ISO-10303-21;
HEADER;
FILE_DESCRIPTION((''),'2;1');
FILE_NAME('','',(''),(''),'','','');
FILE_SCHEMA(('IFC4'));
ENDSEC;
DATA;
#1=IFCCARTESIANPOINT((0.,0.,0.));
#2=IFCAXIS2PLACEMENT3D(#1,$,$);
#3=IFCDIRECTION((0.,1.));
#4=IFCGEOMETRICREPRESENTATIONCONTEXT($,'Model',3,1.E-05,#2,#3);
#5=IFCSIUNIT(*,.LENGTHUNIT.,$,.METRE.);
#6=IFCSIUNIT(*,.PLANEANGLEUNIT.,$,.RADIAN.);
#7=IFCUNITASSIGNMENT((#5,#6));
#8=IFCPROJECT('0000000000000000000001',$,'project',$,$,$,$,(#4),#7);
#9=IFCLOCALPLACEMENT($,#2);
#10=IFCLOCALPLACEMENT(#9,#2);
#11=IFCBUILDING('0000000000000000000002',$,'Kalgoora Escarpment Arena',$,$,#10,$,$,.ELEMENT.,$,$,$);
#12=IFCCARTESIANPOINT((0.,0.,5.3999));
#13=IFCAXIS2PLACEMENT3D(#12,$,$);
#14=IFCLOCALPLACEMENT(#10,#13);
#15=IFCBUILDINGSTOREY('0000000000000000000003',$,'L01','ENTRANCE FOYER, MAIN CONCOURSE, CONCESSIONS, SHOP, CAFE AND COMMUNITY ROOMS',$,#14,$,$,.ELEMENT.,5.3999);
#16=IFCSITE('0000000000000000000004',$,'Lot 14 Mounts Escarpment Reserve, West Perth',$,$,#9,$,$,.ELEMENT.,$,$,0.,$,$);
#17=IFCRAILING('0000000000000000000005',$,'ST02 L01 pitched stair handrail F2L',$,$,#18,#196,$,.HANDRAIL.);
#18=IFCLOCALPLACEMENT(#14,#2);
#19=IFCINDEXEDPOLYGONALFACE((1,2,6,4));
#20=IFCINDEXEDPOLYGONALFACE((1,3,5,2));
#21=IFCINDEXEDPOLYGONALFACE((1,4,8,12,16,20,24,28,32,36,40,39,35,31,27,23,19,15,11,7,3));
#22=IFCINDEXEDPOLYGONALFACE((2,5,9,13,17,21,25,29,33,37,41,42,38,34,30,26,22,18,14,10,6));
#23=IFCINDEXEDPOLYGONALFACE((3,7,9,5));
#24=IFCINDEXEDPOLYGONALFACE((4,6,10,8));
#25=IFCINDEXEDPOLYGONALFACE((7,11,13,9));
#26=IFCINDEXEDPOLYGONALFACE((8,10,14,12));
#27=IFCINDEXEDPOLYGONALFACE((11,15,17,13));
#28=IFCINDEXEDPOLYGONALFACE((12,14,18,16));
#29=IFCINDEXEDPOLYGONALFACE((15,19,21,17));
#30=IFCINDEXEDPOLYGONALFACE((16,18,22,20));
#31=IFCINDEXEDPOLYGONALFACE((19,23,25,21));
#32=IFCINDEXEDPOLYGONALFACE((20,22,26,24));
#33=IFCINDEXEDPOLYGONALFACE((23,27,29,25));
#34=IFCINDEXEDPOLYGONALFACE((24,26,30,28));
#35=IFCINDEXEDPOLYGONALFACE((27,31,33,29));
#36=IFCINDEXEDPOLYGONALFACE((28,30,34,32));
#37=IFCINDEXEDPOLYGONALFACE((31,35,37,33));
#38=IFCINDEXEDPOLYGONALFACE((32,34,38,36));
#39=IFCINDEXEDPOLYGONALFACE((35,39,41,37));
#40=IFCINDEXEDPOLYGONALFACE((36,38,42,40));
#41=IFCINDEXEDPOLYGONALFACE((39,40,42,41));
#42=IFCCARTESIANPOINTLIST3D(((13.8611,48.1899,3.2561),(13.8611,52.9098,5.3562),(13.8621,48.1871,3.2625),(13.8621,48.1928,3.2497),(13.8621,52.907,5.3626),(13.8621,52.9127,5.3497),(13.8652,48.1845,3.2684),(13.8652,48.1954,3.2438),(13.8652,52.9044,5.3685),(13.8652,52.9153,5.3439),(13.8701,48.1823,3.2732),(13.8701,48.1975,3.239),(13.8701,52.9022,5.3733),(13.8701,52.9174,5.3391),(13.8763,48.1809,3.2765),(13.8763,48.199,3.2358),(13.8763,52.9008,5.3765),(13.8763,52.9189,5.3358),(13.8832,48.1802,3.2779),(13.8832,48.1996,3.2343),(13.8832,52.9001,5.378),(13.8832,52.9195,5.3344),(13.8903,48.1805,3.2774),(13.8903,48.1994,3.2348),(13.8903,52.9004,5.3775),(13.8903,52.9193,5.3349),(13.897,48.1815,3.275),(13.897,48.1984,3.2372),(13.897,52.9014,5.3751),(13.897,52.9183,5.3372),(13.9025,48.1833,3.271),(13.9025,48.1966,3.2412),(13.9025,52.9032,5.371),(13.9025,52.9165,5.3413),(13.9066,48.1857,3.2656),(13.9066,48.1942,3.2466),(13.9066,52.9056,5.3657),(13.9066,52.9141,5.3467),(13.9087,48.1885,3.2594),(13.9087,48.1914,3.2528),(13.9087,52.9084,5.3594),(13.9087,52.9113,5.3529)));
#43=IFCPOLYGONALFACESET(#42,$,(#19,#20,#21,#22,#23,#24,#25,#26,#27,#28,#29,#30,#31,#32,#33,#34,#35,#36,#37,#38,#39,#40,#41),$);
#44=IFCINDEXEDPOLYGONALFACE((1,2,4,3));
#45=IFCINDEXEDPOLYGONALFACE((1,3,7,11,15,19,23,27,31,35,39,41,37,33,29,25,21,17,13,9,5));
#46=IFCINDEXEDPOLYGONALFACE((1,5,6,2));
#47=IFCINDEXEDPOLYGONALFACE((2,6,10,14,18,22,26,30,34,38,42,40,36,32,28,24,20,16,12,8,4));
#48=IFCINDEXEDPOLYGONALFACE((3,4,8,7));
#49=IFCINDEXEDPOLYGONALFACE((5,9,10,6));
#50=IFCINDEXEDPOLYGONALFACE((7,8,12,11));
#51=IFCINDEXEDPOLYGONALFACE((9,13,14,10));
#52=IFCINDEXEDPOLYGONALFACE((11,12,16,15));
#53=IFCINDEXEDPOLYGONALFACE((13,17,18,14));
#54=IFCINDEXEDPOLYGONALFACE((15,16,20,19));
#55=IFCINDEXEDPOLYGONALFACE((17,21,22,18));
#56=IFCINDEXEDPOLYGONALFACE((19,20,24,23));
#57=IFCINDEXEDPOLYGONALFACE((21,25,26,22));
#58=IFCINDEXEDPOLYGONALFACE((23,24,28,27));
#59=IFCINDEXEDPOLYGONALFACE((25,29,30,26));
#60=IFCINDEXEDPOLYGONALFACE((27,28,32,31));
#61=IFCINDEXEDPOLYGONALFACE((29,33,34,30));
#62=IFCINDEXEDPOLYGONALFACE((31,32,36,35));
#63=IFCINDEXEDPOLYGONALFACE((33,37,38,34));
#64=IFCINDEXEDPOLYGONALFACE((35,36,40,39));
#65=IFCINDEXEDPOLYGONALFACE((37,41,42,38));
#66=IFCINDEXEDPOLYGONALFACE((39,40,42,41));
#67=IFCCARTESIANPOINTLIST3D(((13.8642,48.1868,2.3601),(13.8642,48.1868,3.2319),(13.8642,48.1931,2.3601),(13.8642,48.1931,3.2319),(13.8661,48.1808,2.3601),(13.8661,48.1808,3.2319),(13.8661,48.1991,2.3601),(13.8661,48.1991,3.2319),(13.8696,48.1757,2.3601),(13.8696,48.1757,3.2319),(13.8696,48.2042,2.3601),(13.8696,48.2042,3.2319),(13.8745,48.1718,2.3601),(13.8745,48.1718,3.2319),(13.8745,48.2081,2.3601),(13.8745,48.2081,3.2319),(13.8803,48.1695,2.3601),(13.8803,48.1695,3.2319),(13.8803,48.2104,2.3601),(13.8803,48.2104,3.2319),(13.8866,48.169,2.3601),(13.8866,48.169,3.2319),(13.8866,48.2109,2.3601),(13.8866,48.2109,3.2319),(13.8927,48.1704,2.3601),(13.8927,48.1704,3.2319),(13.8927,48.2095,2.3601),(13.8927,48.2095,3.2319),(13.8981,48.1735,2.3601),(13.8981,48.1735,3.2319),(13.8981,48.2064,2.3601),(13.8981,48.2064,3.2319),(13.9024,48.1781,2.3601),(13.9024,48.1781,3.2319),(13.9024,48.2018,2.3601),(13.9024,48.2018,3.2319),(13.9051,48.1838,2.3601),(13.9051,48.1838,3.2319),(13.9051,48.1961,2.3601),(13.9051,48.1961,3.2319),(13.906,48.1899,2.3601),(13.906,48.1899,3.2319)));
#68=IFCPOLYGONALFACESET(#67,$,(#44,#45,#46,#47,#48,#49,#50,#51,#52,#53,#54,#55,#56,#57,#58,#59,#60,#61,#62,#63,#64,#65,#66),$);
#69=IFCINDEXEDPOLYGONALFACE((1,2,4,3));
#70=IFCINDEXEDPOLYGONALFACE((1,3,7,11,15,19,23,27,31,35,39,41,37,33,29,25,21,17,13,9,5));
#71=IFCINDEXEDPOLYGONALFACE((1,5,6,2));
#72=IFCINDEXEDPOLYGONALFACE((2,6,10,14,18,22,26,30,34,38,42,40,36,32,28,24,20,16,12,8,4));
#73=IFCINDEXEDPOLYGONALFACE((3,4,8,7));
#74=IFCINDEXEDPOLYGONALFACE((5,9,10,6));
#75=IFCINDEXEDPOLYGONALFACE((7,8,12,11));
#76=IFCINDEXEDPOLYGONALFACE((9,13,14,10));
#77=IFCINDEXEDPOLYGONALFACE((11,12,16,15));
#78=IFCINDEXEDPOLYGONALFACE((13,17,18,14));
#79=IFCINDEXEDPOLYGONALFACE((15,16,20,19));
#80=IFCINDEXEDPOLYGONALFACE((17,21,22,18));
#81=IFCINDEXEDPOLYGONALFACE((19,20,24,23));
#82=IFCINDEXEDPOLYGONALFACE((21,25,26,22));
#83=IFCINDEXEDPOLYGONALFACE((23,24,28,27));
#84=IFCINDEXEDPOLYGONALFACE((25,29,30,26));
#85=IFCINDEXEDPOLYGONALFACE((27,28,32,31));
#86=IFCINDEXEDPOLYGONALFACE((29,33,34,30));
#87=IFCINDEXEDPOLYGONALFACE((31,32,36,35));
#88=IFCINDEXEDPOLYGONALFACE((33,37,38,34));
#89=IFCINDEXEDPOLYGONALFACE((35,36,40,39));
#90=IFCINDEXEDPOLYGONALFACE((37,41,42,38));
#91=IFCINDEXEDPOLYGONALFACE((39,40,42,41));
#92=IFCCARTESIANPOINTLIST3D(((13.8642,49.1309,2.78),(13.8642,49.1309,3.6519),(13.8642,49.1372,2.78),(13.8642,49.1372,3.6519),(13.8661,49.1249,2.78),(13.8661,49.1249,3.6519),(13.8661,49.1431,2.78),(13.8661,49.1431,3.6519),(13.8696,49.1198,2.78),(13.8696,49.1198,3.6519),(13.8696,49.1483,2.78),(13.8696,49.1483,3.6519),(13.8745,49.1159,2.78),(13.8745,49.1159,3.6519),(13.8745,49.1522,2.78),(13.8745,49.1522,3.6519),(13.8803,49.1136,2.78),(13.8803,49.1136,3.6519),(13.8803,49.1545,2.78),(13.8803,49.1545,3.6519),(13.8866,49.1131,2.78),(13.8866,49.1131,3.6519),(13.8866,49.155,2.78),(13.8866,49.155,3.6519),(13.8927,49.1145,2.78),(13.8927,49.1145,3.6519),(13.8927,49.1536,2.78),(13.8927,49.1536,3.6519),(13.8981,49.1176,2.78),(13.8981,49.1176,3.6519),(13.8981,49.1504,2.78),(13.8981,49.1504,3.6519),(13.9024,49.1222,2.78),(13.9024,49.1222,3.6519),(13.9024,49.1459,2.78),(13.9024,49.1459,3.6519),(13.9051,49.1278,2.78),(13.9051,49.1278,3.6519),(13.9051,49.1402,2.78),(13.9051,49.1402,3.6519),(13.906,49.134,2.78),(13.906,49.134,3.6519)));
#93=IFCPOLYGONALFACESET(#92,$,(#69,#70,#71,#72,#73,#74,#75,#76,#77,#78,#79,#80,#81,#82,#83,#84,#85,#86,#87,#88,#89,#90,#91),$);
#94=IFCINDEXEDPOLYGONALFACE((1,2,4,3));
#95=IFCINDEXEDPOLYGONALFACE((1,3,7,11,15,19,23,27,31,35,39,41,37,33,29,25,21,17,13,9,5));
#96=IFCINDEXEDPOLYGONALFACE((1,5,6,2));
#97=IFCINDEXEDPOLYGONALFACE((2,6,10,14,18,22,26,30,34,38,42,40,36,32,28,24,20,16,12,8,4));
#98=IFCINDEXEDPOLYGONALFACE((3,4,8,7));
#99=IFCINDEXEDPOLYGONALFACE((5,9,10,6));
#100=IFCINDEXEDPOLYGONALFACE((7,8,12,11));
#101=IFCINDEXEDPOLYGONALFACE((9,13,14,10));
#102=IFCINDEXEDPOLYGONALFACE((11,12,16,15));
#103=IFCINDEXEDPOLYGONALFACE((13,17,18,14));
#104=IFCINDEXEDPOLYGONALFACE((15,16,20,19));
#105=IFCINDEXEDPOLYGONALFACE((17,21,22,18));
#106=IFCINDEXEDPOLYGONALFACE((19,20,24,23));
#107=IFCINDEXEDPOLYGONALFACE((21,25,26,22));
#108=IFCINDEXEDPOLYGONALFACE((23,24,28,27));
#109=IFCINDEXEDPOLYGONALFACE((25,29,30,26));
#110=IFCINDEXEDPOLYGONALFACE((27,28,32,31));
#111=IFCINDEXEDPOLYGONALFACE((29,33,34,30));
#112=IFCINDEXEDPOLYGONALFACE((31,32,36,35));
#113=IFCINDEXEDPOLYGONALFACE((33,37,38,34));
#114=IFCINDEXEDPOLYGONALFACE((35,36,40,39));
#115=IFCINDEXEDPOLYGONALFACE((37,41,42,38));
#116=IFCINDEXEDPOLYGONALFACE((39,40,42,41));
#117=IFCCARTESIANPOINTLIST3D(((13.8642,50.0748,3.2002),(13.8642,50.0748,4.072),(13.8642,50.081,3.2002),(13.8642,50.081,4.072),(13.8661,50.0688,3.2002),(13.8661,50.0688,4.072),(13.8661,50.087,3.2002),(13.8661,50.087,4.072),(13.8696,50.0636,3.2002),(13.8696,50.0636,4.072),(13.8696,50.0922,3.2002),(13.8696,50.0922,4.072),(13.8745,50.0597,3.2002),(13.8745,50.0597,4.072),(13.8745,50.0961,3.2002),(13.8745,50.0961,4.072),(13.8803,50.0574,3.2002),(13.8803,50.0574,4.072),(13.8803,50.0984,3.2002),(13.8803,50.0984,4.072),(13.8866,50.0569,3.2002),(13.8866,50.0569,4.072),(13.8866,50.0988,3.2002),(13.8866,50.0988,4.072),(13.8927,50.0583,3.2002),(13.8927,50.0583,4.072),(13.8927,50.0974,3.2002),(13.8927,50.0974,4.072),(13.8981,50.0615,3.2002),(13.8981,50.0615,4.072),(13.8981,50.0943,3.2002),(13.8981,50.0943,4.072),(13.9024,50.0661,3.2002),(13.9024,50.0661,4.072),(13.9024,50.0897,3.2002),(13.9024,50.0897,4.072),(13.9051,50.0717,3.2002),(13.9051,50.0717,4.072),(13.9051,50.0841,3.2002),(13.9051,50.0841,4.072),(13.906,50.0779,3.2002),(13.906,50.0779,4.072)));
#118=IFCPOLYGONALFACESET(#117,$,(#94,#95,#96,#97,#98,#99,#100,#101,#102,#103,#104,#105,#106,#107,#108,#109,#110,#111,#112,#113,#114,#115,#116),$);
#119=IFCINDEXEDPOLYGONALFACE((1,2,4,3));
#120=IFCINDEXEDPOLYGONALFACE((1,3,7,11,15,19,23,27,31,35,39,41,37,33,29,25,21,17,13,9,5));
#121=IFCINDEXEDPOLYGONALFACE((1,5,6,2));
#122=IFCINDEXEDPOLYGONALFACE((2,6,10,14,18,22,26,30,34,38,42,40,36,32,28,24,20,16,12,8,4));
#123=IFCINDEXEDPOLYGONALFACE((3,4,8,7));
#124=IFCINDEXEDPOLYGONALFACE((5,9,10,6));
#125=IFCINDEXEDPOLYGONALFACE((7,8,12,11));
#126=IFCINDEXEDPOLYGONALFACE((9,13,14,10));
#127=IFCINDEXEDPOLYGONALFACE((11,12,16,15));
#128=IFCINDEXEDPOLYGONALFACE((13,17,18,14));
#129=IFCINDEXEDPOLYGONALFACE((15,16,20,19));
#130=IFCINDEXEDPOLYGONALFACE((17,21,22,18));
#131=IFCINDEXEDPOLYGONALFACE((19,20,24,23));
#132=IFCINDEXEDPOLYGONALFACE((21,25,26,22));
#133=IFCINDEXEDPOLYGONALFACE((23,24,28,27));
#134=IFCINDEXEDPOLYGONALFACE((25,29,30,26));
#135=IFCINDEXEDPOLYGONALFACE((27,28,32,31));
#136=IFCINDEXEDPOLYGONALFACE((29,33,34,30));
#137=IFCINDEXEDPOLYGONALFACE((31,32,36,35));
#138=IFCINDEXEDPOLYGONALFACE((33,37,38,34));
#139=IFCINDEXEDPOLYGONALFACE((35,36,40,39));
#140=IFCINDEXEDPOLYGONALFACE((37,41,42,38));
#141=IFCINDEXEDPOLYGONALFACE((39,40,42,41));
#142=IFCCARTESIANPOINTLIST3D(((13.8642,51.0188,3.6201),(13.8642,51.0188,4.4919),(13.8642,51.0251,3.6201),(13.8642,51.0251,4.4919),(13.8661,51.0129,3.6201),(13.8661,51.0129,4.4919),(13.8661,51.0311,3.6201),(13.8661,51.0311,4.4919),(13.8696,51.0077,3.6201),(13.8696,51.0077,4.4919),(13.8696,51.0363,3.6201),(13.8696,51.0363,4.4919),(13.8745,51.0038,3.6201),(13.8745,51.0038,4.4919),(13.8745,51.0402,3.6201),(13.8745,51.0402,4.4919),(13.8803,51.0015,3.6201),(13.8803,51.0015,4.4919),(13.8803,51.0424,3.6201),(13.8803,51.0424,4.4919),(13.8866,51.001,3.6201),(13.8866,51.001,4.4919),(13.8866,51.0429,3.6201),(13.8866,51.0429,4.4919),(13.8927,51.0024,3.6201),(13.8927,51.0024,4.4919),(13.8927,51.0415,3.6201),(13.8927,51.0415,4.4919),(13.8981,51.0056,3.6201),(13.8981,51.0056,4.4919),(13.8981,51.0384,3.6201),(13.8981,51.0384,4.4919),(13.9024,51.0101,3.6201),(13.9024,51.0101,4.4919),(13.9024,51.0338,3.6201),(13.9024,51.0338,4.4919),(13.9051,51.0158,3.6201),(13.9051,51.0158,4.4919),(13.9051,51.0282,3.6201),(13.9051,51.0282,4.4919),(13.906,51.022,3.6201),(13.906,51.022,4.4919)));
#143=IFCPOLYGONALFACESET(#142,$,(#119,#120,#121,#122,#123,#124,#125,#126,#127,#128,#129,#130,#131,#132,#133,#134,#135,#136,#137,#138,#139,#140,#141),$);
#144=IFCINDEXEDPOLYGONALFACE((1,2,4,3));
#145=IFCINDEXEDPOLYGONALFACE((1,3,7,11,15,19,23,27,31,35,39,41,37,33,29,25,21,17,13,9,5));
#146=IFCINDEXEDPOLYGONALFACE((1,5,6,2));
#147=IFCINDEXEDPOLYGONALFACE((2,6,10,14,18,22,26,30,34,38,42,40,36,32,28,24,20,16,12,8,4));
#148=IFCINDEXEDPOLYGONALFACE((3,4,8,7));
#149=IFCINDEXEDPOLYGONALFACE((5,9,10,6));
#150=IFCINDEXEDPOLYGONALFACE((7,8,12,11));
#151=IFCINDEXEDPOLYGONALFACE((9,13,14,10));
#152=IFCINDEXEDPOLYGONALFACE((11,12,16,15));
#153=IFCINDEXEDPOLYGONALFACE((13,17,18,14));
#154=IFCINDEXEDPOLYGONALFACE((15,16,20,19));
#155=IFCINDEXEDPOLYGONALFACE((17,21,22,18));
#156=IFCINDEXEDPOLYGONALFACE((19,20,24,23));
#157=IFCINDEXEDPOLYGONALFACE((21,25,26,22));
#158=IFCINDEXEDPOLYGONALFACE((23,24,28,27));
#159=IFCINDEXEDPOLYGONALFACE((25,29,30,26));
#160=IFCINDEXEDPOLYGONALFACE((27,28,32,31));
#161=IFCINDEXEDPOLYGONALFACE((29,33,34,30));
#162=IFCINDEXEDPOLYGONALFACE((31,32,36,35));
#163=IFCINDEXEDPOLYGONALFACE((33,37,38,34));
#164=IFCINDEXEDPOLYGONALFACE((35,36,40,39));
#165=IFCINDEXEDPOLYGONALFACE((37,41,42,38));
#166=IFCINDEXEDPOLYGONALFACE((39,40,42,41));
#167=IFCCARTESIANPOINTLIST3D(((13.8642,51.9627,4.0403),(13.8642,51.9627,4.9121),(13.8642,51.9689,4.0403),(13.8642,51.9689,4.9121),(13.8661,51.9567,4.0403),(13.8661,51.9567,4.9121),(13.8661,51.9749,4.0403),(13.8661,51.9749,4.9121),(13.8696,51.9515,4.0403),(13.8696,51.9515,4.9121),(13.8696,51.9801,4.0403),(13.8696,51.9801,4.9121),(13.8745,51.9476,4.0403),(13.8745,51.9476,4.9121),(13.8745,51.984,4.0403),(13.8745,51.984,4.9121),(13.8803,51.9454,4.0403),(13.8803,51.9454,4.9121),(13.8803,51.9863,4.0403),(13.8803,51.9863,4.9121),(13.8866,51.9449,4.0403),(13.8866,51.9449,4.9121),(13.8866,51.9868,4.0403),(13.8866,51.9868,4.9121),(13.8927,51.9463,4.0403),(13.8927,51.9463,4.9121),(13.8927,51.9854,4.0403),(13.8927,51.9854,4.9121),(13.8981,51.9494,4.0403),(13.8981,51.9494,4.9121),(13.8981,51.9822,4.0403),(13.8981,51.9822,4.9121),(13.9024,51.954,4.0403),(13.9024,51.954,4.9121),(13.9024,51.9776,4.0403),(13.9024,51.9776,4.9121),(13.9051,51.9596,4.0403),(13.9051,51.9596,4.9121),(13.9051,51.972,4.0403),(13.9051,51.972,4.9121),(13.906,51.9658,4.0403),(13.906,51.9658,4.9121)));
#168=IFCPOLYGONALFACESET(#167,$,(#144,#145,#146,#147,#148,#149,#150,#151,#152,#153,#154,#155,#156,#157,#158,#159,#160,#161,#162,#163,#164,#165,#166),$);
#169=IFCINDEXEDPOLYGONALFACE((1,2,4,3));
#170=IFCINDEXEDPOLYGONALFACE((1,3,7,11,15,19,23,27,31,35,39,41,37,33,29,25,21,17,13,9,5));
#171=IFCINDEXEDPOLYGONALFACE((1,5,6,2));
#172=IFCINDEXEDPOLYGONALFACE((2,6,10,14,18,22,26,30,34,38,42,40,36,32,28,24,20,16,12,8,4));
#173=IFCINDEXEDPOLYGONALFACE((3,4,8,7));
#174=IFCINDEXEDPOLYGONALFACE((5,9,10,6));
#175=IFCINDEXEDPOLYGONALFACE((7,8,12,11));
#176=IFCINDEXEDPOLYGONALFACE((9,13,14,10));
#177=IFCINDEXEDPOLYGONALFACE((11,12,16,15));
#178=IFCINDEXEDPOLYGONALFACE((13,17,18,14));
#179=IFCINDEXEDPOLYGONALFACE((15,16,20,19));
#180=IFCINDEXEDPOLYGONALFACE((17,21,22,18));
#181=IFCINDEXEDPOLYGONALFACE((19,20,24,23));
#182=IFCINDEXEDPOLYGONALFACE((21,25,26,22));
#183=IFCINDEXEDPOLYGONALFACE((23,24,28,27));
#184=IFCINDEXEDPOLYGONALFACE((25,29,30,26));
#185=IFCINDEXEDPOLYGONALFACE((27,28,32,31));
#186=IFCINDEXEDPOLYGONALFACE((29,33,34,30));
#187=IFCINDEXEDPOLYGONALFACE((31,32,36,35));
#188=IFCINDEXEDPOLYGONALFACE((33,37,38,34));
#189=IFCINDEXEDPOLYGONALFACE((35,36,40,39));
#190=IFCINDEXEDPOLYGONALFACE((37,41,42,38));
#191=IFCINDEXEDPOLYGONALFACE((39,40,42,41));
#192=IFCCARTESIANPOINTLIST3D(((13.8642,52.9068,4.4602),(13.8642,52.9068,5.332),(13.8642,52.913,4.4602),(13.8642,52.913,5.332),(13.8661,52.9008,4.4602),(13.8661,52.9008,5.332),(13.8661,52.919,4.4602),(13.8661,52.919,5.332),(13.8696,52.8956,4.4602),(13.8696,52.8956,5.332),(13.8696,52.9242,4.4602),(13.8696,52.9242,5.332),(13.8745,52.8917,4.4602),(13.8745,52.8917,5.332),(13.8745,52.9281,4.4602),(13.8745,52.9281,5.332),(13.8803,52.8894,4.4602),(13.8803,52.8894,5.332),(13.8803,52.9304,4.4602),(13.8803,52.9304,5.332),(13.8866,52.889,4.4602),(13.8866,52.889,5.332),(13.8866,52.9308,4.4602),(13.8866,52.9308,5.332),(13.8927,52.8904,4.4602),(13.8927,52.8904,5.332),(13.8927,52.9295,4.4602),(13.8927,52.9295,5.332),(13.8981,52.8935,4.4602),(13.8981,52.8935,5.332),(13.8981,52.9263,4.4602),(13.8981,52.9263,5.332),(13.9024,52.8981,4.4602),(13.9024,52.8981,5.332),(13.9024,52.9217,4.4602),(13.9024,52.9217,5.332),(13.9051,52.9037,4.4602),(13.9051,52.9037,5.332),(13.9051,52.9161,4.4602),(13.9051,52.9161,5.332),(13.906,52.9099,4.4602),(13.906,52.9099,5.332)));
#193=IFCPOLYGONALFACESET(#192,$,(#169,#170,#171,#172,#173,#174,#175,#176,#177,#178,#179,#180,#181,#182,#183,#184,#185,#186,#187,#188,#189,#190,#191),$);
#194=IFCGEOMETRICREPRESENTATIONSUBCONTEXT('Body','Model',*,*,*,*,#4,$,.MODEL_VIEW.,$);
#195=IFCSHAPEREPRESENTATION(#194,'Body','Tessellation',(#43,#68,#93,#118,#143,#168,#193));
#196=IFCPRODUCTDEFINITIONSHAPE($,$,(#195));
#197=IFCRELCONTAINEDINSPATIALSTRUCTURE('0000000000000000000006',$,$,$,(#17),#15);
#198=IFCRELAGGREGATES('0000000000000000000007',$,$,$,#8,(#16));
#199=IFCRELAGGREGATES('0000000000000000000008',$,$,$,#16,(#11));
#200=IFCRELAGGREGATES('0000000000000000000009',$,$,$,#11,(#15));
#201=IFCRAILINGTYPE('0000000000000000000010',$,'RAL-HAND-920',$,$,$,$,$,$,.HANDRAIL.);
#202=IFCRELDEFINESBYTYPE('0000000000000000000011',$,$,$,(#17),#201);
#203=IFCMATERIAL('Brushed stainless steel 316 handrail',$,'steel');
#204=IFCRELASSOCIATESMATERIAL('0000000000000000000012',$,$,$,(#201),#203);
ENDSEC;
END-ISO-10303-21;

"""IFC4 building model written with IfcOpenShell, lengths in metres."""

from ifc_helpers import new_model, si_unit, direction, frame, origin, origin_2d, place, context, subcontext, project, spatial, circle, extrude, material, type_object, element, save


model = new_model("IFC4")

# Units and contexts
model_context = context("Model", 3, precision=1e-05, world=origin(), true_north=direction((0.0, 1.0)))
body_context = subcontext(model_context, "Body", "Model", "MODEL_VIEW")
ifc_project = project(units=[si_unit("LENGTHUNIT", "METRE"), si_unit("PLANEANGLEUNIT", "RADIAN")], contexts=[model_context])

# Site, building, storey
site_placement = place(None, origin())
site = spatial("IfcSite", under=ifc_project, at=site_placement, Name="Lot 14 Mounts Escarpment Reserve, West Perth", CompositionType="ELEMENT", RefElevation=0.0)
building_placement = place(site_placement, origin())
building = spatial("IfcBuilding", under=site, at=building_placement, Name="Kalgoora Escarpment Arena", CompositionType="ELEMENT")
storey_placement = place(building_placement, frame((0.0, 0.0, 5.3999)))
storey = spatial("IfcBuildingStorey", under=building, at=storey_placement, Name="L01", Description="ENTRANCE FOYER, MAIN CONCOURSE, CONCESSIONS, SHOP, CAFE AND COMMUNITY ROOMS", CompositionType="ELEMENT", Elevation=5.3999)

# Railing
ifc_material_1 = material(Name="Brushed stainless steel 316 handrail", Category="steel")
railing_type_1 = type_object("IfcRailingType", Name="RAL-HAND-920", PredefinedType="HANDRAIL", material=ifc_material_1)
for number, where, name in (
    (1, (13.885, 48.1899, 2.3601), "ST02 L01 pitched stair handrail F2L"),
):
    element("IfcRailing", number, at=place(storey_placement, frame(where)), inside=storey, type_object=railing_type_1, Name=name, PredefinedType="HANDRAIL", context=body_context, shape_type="SweptSolid", body=[
        extrude(circle(Radius=0.0239, at=origin_2d()), frame((0.0, 0.0, 0.896), z_axis=(0.0, 0.913644, 0.406516), x_axis=(-1.0, 0.0, 0.0)), (0.0, 0.0, 1.0), 5.166),
        extrude(circle(Radius=0.021, at=origin_2d()), origin(), (0.0, 0.0, 1.0), 0.8718),
        extrude(circle(Radius=0.021, at=origin_2d()), frame((0.0, 0.9441, 0.4199)), (0.0, 0.0, 1.0), 0.8718),
        extrude(circle(Radius=0.021, at=origin_2d()), frame((0.0, 1.8879, 0.8401)), (0.0, 0.0, 1.0), 0.8718),
        extrude(circle(Radius=0.021, at=origin_2d()), frame((0.0, 2.832, 1.26)), (0.0, 0.0, 1.0), 0.8718),
        extrude(circle(Radius=0.021, at=origin_2d()), frame((0.0, 3.7759, 1.6802)), (0.0, 0.0, 1.0), 0.8718),
        extrude(circle(Radius=0.021, at=origin_2d()), frame((0.0, 4.72, 2.1001)), (0.0, 0.0, 1.0), 0.8718),
    ])

save(model, "model.ifc")
